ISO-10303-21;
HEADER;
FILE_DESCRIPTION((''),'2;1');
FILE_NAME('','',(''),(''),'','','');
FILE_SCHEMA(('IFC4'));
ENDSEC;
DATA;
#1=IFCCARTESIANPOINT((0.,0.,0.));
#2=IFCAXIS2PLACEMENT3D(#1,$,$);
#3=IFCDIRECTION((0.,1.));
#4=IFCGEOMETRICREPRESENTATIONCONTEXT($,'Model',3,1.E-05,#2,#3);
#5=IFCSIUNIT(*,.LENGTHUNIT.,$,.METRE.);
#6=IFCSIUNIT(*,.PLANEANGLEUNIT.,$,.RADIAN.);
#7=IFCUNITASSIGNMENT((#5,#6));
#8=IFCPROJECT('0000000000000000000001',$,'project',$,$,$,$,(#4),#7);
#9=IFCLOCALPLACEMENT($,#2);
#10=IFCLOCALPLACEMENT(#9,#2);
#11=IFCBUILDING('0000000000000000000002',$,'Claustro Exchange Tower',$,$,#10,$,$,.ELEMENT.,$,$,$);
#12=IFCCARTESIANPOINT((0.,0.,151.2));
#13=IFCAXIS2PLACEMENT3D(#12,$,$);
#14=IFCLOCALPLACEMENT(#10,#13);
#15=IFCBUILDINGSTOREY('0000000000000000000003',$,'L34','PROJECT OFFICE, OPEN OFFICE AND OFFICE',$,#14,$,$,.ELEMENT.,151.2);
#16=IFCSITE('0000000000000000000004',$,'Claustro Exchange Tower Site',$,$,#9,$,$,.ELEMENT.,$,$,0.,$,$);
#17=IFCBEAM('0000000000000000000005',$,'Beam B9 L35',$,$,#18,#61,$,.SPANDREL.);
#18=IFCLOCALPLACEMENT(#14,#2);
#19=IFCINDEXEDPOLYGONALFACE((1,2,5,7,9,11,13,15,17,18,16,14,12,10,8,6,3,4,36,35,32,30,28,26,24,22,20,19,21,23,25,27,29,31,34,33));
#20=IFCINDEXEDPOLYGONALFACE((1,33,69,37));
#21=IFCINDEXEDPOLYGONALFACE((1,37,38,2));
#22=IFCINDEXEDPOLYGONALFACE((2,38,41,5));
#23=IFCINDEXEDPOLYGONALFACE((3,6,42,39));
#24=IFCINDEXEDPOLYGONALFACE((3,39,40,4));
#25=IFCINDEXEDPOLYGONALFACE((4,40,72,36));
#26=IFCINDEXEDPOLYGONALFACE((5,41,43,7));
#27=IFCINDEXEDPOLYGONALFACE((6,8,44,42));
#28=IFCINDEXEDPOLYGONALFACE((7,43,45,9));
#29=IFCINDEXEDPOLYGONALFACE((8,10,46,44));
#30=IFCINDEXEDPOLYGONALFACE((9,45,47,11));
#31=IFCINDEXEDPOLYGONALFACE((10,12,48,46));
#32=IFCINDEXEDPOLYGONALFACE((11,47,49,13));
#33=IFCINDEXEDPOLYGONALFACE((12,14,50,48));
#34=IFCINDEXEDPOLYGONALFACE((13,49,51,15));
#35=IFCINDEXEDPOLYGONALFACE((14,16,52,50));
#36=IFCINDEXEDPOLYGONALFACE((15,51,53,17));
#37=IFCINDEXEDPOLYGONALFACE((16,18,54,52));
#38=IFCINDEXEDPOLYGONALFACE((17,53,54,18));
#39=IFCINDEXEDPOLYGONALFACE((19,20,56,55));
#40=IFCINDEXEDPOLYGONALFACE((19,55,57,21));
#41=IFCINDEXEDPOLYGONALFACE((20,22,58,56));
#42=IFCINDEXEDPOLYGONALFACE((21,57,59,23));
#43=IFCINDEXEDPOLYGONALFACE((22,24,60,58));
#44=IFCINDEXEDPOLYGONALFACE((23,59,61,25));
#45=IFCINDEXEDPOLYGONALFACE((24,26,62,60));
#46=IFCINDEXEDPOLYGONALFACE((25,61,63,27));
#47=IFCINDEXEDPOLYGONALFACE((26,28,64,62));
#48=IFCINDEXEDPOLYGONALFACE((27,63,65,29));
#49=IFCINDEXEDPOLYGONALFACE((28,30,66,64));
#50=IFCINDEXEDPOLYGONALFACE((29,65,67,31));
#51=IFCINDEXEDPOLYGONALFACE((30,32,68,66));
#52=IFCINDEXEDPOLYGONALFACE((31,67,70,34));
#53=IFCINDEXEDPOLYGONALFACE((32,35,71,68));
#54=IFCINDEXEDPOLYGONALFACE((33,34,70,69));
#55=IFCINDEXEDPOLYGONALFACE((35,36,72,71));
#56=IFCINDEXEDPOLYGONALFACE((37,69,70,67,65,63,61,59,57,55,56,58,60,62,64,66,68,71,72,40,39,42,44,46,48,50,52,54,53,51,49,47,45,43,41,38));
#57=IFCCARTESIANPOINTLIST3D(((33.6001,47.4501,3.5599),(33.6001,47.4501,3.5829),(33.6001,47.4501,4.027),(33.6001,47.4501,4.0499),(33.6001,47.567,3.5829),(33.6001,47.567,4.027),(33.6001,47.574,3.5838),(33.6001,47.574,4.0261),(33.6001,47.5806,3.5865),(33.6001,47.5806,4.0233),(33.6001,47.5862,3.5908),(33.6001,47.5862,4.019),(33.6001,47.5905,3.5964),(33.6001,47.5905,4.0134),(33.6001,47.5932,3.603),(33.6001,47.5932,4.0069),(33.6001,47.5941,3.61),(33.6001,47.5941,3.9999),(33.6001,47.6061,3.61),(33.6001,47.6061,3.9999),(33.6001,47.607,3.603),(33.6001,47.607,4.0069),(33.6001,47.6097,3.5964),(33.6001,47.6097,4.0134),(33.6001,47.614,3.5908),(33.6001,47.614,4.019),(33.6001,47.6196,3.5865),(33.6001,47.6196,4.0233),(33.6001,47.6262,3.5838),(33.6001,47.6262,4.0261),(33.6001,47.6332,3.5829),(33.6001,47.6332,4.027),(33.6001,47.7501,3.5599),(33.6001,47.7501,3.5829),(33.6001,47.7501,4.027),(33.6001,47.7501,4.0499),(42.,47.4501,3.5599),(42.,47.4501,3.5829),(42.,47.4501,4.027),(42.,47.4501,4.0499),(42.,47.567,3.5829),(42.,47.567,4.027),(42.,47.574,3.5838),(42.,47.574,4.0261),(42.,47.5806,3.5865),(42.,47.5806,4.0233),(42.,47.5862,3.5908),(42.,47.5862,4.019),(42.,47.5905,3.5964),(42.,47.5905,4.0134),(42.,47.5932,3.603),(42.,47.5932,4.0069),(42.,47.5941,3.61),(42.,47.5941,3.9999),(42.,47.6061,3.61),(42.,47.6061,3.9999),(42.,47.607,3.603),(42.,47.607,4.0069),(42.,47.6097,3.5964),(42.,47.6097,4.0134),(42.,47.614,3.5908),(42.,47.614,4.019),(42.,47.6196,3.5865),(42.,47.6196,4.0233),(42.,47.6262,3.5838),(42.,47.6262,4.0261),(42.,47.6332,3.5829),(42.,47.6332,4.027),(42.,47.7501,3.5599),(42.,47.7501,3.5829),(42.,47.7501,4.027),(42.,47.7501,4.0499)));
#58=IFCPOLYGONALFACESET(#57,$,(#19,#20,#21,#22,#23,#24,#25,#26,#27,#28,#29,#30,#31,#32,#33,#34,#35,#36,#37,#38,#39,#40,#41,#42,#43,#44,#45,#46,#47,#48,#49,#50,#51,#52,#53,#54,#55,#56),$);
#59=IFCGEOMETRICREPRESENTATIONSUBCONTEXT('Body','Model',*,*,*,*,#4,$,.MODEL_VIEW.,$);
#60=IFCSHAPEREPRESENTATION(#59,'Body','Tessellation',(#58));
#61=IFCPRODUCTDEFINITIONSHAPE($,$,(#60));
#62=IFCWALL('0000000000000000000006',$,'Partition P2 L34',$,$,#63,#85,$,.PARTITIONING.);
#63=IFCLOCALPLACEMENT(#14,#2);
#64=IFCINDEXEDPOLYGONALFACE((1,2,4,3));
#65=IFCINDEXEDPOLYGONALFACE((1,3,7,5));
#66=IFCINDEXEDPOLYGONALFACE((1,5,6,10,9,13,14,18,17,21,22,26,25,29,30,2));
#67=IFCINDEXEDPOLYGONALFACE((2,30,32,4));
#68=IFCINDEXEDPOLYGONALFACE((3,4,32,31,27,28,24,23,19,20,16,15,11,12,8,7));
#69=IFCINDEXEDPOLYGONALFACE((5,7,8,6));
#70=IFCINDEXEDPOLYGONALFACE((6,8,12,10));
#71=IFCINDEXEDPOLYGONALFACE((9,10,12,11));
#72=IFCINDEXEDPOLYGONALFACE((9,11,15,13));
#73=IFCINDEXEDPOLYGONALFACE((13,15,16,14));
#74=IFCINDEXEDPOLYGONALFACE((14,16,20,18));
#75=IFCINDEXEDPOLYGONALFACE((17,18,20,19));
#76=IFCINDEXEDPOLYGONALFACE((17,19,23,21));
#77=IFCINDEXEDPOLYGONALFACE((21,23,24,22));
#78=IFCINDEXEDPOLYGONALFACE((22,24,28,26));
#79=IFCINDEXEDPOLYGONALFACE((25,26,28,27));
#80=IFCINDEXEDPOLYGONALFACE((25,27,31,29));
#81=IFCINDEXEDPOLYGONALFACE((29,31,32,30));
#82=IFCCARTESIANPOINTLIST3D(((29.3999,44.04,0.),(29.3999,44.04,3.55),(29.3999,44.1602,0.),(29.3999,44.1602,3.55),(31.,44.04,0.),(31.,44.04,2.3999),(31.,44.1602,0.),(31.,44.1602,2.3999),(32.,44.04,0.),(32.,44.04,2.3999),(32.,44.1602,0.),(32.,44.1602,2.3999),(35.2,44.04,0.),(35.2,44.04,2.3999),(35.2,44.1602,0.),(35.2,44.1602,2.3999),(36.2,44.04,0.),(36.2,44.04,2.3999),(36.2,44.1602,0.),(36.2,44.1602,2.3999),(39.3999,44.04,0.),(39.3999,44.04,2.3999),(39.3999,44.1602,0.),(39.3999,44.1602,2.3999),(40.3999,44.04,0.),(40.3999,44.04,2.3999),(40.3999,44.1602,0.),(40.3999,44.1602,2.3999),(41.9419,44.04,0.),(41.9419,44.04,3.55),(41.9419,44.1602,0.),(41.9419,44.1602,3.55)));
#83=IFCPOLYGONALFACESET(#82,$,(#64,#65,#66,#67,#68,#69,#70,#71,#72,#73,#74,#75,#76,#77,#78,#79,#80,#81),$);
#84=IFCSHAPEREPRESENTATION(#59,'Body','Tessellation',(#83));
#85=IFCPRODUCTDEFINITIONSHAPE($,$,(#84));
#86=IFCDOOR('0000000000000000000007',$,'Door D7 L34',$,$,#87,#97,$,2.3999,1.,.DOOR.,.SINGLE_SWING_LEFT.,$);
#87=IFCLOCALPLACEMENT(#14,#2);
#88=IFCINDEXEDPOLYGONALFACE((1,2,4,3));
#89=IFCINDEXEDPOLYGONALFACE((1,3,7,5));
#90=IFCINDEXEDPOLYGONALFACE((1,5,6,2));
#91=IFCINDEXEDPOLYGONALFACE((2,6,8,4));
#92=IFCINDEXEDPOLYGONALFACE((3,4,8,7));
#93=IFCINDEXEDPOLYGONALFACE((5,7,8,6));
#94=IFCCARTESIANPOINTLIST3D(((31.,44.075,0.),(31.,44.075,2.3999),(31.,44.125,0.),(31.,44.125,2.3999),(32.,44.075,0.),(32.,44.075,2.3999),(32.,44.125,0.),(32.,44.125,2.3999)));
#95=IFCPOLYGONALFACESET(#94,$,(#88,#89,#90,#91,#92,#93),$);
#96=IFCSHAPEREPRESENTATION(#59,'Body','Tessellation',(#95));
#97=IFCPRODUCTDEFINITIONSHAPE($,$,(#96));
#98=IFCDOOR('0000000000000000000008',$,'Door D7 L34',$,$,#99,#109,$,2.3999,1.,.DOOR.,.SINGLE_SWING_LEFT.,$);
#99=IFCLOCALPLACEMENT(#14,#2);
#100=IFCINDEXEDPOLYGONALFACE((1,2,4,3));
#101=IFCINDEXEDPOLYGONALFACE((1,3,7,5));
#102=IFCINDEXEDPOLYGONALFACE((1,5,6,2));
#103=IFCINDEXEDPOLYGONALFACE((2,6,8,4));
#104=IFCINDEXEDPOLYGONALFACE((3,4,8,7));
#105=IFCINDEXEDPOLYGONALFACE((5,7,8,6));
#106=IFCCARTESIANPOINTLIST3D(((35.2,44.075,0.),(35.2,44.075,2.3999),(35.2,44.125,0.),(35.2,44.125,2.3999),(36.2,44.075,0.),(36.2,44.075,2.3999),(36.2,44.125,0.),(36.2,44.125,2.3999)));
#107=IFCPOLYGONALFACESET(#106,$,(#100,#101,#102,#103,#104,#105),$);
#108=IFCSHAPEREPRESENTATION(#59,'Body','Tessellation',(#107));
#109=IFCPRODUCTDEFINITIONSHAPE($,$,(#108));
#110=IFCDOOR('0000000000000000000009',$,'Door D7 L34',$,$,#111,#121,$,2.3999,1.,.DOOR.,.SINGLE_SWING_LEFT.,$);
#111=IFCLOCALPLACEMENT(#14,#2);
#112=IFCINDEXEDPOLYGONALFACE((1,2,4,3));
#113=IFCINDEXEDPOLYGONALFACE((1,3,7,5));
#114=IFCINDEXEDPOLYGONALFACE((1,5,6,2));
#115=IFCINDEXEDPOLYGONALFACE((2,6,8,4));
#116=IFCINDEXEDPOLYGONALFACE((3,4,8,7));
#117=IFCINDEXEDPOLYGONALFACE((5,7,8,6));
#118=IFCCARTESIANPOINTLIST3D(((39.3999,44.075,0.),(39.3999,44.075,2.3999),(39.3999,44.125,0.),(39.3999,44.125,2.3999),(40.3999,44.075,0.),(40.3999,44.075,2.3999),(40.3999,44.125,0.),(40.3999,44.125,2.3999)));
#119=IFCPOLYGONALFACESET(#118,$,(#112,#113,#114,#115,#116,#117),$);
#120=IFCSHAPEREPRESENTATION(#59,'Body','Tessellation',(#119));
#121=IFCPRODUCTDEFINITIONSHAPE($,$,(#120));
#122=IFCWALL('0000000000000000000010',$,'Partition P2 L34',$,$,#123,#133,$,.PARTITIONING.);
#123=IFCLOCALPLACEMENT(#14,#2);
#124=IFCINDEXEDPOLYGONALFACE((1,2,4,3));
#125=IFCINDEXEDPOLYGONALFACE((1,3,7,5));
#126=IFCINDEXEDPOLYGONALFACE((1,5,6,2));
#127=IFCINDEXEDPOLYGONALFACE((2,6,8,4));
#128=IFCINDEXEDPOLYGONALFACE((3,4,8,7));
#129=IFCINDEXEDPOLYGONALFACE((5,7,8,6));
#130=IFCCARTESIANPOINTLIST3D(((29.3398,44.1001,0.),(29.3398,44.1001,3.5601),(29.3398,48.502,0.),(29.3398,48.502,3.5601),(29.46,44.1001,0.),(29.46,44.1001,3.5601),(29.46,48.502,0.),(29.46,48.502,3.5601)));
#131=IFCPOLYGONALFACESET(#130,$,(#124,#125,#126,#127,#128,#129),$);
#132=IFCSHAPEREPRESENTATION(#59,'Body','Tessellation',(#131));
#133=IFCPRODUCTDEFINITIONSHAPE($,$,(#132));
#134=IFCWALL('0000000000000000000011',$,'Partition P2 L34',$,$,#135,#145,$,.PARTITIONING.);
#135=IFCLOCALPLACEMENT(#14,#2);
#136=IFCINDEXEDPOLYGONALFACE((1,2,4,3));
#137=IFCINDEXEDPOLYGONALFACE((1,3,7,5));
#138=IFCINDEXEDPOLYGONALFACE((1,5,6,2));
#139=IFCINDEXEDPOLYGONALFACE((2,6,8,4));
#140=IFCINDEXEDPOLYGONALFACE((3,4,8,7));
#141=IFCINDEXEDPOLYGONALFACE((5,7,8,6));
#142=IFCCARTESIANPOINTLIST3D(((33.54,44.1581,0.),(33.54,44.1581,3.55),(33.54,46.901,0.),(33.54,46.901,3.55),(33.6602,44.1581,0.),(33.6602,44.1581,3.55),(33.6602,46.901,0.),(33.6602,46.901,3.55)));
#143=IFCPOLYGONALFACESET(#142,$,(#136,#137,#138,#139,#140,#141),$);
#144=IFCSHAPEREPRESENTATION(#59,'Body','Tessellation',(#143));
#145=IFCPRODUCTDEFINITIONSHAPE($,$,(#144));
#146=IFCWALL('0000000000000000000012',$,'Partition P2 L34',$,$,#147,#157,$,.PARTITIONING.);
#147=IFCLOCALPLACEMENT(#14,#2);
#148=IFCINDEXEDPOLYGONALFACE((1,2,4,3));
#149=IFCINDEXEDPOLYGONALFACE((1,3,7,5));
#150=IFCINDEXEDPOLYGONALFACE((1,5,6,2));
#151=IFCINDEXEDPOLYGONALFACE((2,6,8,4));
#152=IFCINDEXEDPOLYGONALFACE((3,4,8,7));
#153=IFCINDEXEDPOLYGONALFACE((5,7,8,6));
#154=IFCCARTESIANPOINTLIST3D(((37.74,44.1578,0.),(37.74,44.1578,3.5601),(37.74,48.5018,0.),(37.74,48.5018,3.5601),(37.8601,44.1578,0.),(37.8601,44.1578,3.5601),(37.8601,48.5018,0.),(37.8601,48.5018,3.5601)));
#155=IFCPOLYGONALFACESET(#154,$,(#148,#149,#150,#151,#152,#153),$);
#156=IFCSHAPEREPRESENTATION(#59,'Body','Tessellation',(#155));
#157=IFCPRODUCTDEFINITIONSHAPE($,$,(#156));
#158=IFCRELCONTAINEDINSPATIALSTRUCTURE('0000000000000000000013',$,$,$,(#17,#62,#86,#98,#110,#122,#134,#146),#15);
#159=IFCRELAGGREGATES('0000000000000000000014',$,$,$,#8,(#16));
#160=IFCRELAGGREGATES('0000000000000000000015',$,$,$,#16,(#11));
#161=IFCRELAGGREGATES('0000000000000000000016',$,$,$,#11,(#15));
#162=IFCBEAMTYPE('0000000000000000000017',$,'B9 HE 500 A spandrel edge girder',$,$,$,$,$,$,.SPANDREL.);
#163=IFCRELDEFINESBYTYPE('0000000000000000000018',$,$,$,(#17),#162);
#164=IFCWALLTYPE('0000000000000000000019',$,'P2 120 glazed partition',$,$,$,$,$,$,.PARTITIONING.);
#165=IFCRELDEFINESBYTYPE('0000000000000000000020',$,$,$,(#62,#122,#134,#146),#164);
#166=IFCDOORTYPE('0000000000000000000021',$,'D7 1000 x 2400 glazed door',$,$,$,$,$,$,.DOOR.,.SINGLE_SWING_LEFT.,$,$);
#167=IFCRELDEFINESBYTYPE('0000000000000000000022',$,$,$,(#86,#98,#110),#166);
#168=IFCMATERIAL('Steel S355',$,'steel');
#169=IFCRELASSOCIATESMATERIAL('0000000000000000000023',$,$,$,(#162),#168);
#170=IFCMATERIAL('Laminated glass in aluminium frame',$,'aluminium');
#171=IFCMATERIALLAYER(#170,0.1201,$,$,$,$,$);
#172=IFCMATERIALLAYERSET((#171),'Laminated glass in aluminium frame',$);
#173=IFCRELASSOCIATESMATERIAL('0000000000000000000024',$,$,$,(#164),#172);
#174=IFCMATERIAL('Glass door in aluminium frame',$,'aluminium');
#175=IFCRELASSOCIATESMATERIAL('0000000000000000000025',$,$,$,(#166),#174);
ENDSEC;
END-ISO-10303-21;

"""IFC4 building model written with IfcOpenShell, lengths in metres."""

from ifc_helpers import new_model, si_unit, direction, frame, frame_2d, origin, origin_2d, place, context, subcontext, project, spatial, rectangle, i_section, extrude, material, layer, layer_set, material_profile, profile_set, type_object, element, fill, save


model = new_model("IFC4")

# Units and contexts
model_context = context("Model", 3, precision=1e-05, world=origin(), true_north=direction((0.0, 1.0)))
body_context = subcontext(model_context, "Body", "Model", "MODEL_VIEW")
ifc_project = project(units=[si_unit("LENGTHUNIT", "METRE"), si_unit("PLANEANGLEUNIT", "RADIAN")], contexts=[model_context])

# Site, building, storey
site_placement = place(None, origin())
site = spatial("IfcSite", under=ifc_project, at=site_placement, Name="Claustro Exchange Tower Site", CompositionType="ELEMENT", RefElevation=0.0)
building_placement = place(site_placement, origin())
building = spatial("IfcBuilding", under=site, at=building_placement, Name="Claustro Exchange Tower", CompositionType="ELEMENT")
storey_placement = place(building_placement, frame((0.0, 0.0, 151.2)))
storey = spatial("IfcBuildingStorey", under=building, at=storey_placement, Name="L34", Description="PROJECT OFFICE, OPEN OFFICE AND OFFICE", CompositionType="ELEMENT", Elevation=151.2)

# Beam
ifc_material_1 = material(Name="Steel S355", Category="steel")
ifc_material_profile_1 = material_profile(ifc_material_1, i_section(OverallWidth=0.3, OverallDepth=0.49, WebThickness=0.012, FlangeThickness=0.0229, FilletRadius=0.0271, at=origin_2d()), Name="HE 500 A")
ifc_profile_set_1 = profile_set([ifc_material_profile_1], Name="Steel S355")
beam_type_1 = type_object("IfcBeamType", Name="B9 HE 500 A spandrel edge girder", PredefinedType="SPANDREL", material=ifc_profile_set_1)
beam_1_placement = place(storey_placement, frame((33.6001, 47.6001, 3.8049), z_axis=(1.0, 0.0, 0.0), x_axis=(0.0, 1.0, 0.0)))
element("IfcBeam", 1, at=beam_1_placement, inside=storey, type_object=beam_type_1, Name="Beam B9 L35", PredefinedType="SPANDREL", context=body_context, shape_type="SweptSolid", body=[
    extrude(i_section(OverallWidth=0.3, OverallDepth=0.49, WebThickness=0.012, FlangeThickness=0.0229, FilletRadius=0.0271, at=origin_2d()), origin(), (0.0, 0.0, 1.0), 8.3999),
])

# Wall, openings, doors
ifc_material_2 = material(Name="Laminated glass in aluminium frame", Category="aluminium")
ifc_layer_1 = layer(ifc_material_2, 0.1201)
ifc_layer_set_1 = layer_set([ifc_layer_1], Name="Laminated glass in aluminium frame")
wall_type_1 = type_object("IfcWallType", Name="P2 120 glazed partition", PredefinedType="PARTITIONING", material=ifc_layer_set_1)
wall_1_placement = place(storey_placement, frame((29.3999, 44.1001, 0.0), z_axis=(0.0, 0.0, 1.0), x_axis=(1.0, 0.0, 0.0)))
wall_1 = element("IfcWall", 2, at=wall_1_placement, inside=storey, type_object=wall_type_1, Name="Partition P2 L34", PredefinedType="PARTITIONING", context=body_context, shape_type="SweptSolid", body=[
    extrude(rectangle(XDim=12.542, YDim=0.1201, at=frame_2d((6.271, 0.0))), origin(), (0.0, 0.0, 1.0), 3.55),
])
opening_1_placement = place(wall_1_placement, frame((1.6001, 0.0, 0.0)))
opening_1 = element("IfcOpeningElement", 3, at=opening_1_placement, cuts=wall_1, PredefinedType="OPENING", context=body_context, shape_type="SweptSolid", body=[
    extrude(rectangle(XDim=1.0, YDim=2.3999, at=frame_2d((0.5, 1.2))), frame((0.0, 0.0701, 0.0), z_axis=(0.0, -1.0, 0.0), x_axis=(1.0, 0.0, 0.0)), (0.0, 0.0, 1.0), 0.1401),
])
opening_2_placement = place(wall_1_placement, frame((5.8, 0.0, 0.0)))
opening_2 = element("IfcOpeningElement", 4, at=opening_2_placement, cuts=wall_1, PredefinedType="OPENING", context=body_context, shape_type="SweptSolid", body=[
    extrude(rectangle(XDim=1.0, YDim=2.3999, at=frame_2d((0.5, 1.2))), frame((0.0, 0.0701, 0.0), z_axis=(0.0, -1.0, 0.0), x_axis=(1.0, 0.0, 0.0)), (0.0, 0.0, 1.0), 0.1401),
])
opening_3_placement = place(wall_1_placement, frame((10.0, 0.0, 0.0)))
opening_3 = element("IfcOpeningElement", 5, at=opening_3_placement, cuts=wall_1, PredefinedType="OPENING", context=body_context, shape_type="SweptSolid", body=[
    extrude(rectangle(XDim=1.0, YDim=2.3999, at=frame_2d((0.5, 1.2))), frame((0.0, 0.0701, 0.0), z_axis=(0.0, -1.0, 0.0), x_axis=(1.0, 0.0, 0.0)), (0.0, 0.0, 1.0), 0.1401),
])
ifc_material_3 = material(Name="Glass door in aluminium frame", Category="aluminium")
door_type = type_object("IfcDoorType", Name="D7 1000 x 2400 glazed door", OperationType="SINGLE_SWING_LEFT", PredefinedType="DOOR", material=ifc_material_3)
door_1_placement = place(opening_1_placement, origin())
door_1 = element("IfcDoor", 6, at=door_1_placement, inside=storey, type_object=door_type, Name="Door D7 L34", OperationType="SINGLE_SWING_LEFT", OverallHeight=2.3999, OverallWidth=1.0, PredefinedType="DOOR", context=body_context, shape_type="SweptSolid", body=[
    extrude(rectangle(XDim=1.0, YDim=2.3999, at=frame_2d((0.5, 1.2))), frame((0.0, 0.0249, 0.0), z_axis=(0.0, -1.0, 0.0), x_axis=(1.0, 0.0, 0.0)), (0.0, 0.0, 1.0), 0.05),
])
fill(opening_1, door_1)
door_2_placement = place(opening_2_placement, origin())
door_2 = element("IfcDoor", 7, at=door_2_placement, inside=storey, type_object=door_type, Name="Door D7 L34", OperationType="SINGLE_SWING_LEFT", OverallHeight=2.3999, OverallWidth=1.0, PredefinedType="DOOR", context=body_context, shape_type="SweptSolid", body=[
    extrude(rectangle(XDim=1.0, YDim=2.3999, at=frame_2d((0.5, 1.2))), frame((0.0, 0.0249, 0.0), z_axis=(0.0, -1.0, 0.0), x_axis=(1.0, 0.0, 0.0)), (0.0, 0.0, 1.0), 0.05),
])
fill(opening_2, door_2)
door_3_placement = place(opening_3_placement, origin())
door_3 = element("IfcDoor", 8, at=door_3_placement, inside=storey, type_object=door_type, Name="Door D7 L34", OperationType="SINGLE_SWING_LEFT", OverallHeight=2.3999, OverallWidth=1.0, PredefinedType="DOOR", context=body_context, shape_type="SweptSolid", body=[
    extrude(rectangle(XDim=1.0, YDim=2.3999, at=frame_2d((0.5, 1.2))), frame((0.0, 0.0249, 0.0), z_axis=(0.0, -1.0, 0.0), x_axis=(1.0, 0.0, 0.0)), (0.0, 0.0, 1.0), 0.05),
])
fill(opening_3, door_3)

# Walls
wall_2_placement = place(storey_placement, frame((29.3999, 44.1001, 0.0), z_axis=(0.0, 0.0, 1.0), x_axis=(0.0, 1.0, 0.0)))
element("IfcWall", 9, at=wall_2_placement, inside=storey, type_object=wall_type_1, Name="Partition P2 L34", PredefinedType="PARTITIONING", context=body_context, shape_type="SweptSolid", body=[
    extrude(rectangle(XDim=4.4019, YDim=0.1201, at=frame_2d((2.2009, 0.0))), origin(), (0.0, 0.0, 1.0), 3.5601),
])
wall_3_placement = place(storey_placement, frame((33.6001, 44.158, 0.0), z_axis=(0.0, 0.0, 1.0), x_axis=(0.0, 1.0, 0.0)))
element("IfcWall", 10, at=wall_3_placement, inside=storey, type_object=wall_type_1, Name="Partition P2 L34", PredefinedType="PARTITIONING", context=body_context, shape_type="SweptSolid", body=[
    extrude(rectangle(XDim=2.7429, YDim=0.1201, at=frame_2d((1.3716, 0.0))), origin(), (0.0, 0.0, 1.0), 3.55),
])
wall_4_placement = place(storey_placement, frame((37.8, 44.158, 0.0), z_axis=(0.0, 0.0, 1.0), x_axis=(0.0, 1.0, 0.0)))
element("IfcWall", 11, at=wall_4_placement, inside=storey, type_object=wall_type_1, Name="Partition P2 L34", PredefinedType="PARTITIONING", context=body_context, shape_type="SweptSolid", body=[
    extrude(rectangle(XDim=4.344, YDim=0.1201, at=frame_2d((2.1719, 0.0))), origin(), (0.0, 0.0, 1.0), 3.5601),
])

save(model, "model.ifc")
